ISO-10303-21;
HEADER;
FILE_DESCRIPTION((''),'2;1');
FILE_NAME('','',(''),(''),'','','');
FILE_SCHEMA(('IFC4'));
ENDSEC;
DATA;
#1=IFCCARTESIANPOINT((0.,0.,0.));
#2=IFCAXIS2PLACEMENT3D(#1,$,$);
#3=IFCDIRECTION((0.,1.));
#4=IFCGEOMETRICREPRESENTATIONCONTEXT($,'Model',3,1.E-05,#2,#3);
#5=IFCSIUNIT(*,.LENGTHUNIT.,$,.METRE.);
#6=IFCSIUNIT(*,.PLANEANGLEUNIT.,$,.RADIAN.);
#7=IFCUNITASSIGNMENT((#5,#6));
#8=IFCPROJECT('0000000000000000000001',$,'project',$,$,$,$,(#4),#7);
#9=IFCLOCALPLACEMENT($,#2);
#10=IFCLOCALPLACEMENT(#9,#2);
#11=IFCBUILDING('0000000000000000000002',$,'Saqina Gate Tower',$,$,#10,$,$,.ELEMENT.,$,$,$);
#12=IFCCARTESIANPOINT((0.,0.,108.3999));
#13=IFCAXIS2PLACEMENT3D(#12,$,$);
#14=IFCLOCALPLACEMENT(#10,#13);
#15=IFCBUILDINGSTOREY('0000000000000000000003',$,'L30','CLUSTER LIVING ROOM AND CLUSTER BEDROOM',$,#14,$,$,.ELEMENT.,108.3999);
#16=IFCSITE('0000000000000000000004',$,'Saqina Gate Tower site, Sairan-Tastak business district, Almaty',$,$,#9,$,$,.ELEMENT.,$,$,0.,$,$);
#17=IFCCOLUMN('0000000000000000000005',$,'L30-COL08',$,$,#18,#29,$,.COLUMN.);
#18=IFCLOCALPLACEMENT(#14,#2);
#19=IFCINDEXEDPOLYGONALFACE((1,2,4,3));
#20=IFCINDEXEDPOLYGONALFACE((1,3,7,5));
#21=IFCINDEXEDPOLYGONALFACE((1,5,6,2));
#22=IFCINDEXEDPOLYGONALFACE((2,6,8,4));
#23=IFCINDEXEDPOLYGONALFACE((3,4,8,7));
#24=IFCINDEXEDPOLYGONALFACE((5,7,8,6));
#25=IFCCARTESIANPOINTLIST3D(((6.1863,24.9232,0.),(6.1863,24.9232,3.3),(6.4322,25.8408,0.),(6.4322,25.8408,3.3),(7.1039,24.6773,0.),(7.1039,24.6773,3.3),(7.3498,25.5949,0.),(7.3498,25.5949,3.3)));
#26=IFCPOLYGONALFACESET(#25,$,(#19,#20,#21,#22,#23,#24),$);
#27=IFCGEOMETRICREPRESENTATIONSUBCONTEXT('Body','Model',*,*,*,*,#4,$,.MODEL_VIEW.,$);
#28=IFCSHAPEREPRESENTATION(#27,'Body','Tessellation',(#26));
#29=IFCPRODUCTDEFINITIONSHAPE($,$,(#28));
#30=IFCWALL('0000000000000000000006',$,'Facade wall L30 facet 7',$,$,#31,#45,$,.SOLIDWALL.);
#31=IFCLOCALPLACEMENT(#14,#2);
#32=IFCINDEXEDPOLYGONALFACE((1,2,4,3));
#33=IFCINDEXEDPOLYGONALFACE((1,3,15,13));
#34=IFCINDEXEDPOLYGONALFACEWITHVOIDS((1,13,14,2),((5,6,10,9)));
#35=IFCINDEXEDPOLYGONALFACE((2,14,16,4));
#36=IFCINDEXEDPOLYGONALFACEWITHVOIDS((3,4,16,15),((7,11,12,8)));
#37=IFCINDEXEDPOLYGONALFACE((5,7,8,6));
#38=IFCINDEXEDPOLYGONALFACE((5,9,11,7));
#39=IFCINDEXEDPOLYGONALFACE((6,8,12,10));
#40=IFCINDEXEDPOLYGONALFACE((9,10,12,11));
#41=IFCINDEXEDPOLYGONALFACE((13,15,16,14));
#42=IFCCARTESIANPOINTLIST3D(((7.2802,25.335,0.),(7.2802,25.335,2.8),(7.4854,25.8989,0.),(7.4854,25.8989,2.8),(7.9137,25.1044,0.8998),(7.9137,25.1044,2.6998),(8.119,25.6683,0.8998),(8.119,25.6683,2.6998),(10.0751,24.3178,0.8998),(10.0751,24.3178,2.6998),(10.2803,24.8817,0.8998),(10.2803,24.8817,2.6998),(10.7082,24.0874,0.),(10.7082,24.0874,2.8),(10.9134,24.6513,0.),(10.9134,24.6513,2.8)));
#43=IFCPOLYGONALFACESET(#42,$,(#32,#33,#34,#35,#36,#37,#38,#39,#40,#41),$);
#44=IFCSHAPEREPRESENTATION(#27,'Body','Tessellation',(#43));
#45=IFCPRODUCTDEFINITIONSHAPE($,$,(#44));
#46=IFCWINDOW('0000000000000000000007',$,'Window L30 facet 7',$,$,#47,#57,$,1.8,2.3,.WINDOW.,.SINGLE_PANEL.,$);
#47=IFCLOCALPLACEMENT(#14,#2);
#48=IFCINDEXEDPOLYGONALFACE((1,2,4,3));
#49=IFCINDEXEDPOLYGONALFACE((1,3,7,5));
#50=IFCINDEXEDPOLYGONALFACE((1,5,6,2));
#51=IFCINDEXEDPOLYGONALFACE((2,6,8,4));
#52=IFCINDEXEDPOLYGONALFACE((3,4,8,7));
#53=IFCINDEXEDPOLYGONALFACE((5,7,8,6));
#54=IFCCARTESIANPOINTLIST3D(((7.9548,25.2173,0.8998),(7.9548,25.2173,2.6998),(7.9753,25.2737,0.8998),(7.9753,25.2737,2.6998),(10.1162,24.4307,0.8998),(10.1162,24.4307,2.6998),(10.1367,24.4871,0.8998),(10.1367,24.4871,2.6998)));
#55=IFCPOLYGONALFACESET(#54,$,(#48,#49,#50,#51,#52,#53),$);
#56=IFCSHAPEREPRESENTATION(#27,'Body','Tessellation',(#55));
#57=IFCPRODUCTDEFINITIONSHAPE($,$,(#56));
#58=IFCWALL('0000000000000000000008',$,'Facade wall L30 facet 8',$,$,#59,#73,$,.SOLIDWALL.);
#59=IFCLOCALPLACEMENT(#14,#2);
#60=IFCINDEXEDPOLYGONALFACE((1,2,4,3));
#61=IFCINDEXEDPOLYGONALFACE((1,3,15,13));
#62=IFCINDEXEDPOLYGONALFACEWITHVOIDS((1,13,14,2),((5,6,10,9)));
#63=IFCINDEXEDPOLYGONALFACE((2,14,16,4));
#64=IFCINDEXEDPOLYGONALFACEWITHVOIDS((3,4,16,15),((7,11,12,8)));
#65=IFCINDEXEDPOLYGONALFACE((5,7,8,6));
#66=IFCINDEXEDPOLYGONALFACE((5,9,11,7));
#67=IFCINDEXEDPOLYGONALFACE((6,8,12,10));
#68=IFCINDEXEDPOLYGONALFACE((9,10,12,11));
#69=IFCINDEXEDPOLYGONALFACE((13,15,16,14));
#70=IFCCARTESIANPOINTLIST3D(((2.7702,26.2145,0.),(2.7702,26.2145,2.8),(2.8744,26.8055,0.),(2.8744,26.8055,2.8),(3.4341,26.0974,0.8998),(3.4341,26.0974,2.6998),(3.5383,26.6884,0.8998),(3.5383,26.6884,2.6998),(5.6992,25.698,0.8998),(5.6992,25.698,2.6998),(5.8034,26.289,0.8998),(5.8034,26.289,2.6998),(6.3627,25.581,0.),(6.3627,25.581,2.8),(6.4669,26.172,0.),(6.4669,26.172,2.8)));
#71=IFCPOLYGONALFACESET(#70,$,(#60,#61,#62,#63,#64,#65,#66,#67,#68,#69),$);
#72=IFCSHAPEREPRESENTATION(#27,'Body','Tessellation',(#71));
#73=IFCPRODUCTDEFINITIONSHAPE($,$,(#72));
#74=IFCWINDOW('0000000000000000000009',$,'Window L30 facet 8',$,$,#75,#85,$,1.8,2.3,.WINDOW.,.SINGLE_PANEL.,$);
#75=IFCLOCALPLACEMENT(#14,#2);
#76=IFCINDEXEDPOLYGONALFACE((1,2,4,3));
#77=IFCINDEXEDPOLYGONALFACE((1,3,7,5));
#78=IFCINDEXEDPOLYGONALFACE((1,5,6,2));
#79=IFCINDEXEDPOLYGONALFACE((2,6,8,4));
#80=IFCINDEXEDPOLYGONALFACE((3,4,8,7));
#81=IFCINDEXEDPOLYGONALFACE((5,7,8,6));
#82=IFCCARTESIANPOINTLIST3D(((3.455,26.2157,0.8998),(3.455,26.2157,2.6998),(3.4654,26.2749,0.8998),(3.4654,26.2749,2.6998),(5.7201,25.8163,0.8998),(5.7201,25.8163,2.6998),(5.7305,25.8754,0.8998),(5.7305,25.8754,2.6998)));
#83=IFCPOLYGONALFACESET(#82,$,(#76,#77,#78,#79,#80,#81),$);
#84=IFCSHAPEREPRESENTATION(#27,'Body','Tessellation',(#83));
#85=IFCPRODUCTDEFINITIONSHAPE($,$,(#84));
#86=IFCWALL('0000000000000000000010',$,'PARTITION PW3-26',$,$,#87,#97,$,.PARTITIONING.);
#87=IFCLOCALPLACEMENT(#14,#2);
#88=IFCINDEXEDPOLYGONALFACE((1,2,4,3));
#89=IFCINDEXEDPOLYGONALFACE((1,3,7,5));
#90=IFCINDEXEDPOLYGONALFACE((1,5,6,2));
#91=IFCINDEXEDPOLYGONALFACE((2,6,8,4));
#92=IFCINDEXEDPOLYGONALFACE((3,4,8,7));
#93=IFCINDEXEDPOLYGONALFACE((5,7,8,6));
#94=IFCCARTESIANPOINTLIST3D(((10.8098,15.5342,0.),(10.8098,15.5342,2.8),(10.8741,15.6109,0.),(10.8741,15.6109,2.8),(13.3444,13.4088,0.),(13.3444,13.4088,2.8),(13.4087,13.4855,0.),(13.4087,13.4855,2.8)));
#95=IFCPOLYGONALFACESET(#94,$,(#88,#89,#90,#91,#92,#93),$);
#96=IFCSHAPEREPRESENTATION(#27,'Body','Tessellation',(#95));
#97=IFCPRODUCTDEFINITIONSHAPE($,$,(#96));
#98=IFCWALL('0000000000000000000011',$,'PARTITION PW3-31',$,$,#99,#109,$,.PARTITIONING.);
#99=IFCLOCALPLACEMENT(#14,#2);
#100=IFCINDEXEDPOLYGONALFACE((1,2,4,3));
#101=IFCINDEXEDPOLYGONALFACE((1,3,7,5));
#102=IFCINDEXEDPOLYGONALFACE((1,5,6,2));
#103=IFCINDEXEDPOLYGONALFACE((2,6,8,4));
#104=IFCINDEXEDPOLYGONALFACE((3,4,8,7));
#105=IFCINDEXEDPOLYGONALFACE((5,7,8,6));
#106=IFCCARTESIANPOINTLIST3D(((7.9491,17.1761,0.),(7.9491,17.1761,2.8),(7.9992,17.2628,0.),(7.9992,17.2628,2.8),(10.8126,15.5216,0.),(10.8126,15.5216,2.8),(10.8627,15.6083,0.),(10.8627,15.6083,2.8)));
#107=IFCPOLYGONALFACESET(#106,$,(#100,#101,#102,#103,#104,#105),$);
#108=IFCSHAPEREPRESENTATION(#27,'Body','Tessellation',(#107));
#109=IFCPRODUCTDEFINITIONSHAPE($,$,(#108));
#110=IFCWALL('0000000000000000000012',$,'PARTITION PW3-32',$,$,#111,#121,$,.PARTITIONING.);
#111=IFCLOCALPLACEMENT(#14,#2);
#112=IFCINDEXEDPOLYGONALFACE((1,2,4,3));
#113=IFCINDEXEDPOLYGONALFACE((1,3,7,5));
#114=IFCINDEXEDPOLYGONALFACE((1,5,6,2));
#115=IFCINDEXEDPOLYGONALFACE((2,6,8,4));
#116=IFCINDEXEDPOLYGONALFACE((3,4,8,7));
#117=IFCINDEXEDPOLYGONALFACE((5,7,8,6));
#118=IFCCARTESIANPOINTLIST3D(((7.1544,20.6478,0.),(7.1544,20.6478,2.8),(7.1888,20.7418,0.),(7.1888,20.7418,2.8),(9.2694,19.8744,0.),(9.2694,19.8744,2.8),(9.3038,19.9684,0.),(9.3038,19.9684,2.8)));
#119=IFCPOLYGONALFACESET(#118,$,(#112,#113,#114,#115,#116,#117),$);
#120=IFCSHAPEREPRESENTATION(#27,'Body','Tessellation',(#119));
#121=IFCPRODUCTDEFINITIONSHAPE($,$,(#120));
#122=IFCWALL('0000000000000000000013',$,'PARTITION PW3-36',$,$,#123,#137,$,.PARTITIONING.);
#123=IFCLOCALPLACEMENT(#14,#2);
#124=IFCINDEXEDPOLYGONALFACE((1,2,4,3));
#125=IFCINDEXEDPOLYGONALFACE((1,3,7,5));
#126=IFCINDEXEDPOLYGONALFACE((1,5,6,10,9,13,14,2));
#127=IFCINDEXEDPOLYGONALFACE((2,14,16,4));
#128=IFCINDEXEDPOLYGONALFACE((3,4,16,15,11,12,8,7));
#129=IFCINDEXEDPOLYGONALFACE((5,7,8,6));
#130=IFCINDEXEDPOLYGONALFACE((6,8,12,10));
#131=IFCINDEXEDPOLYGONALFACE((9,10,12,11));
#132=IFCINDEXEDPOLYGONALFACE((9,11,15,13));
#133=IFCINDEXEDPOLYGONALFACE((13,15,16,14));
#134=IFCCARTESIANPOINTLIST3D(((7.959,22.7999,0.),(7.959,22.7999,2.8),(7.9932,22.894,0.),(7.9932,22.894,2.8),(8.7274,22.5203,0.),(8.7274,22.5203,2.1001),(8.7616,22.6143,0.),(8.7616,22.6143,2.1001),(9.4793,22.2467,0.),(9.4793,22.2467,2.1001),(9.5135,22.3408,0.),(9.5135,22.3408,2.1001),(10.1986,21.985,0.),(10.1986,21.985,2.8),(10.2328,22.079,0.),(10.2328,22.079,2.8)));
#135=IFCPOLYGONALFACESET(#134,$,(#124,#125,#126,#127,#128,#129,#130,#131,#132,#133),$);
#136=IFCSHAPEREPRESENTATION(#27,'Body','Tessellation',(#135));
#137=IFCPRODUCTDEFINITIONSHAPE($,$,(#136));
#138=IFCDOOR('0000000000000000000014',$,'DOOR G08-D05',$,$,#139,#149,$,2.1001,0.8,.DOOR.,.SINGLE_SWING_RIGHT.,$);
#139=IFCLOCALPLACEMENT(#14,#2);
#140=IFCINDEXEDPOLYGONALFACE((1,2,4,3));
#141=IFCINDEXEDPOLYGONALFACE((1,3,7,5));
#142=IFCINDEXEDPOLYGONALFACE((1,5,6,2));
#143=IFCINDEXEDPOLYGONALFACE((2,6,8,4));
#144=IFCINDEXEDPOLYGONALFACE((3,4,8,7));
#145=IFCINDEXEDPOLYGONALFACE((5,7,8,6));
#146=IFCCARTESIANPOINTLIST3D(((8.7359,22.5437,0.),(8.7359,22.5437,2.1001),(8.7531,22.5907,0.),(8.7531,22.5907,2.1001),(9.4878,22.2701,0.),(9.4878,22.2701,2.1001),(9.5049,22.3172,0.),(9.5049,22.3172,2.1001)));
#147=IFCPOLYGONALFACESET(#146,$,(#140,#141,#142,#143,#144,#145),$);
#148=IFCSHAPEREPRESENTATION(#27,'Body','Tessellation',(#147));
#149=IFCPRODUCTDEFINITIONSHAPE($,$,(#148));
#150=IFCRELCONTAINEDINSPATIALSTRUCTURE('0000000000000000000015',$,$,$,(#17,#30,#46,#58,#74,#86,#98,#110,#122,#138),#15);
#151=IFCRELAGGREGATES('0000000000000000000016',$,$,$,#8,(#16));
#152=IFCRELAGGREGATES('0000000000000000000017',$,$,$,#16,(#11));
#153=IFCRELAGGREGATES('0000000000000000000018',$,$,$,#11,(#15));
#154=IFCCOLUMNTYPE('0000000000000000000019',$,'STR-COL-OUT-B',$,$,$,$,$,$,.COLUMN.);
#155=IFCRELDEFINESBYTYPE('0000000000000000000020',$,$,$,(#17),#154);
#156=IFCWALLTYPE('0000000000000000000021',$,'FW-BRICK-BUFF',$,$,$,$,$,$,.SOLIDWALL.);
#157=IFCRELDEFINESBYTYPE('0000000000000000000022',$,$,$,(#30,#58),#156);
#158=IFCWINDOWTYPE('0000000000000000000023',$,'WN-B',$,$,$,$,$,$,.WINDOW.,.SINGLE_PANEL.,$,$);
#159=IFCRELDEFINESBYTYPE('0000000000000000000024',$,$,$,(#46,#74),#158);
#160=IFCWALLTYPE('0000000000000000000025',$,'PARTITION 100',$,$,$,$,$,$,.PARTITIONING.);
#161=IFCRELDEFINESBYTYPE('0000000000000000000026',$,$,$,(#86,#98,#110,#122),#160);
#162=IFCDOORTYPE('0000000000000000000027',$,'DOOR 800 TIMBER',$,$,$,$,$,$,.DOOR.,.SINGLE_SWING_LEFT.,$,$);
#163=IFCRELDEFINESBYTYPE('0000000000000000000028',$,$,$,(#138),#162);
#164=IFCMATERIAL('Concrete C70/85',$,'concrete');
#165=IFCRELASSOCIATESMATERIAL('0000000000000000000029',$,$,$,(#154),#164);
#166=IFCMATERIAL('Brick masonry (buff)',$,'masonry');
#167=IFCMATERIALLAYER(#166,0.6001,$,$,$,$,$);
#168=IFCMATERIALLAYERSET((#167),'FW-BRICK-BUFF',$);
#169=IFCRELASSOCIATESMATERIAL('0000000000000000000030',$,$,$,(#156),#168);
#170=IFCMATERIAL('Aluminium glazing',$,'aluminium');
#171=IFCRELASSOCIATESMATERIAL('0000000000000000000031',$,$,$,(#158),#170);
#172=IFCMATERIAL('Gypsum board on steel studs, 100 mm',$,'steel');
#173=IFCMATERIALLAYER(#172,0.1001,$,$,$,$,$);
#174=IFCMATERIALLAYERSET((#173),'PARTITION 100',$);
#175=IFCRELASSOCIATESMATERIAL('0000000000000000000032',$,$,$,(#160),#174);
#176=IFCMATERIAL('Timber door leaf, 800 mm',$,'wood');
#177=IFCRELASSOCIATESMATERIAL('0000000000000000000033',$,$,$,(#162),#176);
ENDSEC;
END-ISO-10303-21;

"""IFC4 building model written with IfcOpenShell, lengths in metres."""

from ifc_helpers import new_model, si_unit, direction, frame, frame_2d, origin, origin_2d, place, context, subcontext, project, spatial, rectangle, extrude, material, layer, layer_set, material_profile, profile_set, type_object, element, fill, save


model = new_model("IFC4")

# Units and contexts
model_context = context("Model", 3, precision=1e-05, world=origin(), true_north=direction((0.0, 1.0)))
body_context = subcontext(model_context, "Body", "Model", "MODEL_VIEW")
ifc_project = project(units=[si_unit("LENGTHUNIT", "METRE"), si_unit("PLANEANGLEUNIT", "RADIAN")], contexts=[model_context])

# Site, building, storey
site_placement = place(None, origin())
site = spatial("IfcSite", under=ifc_project, at=site_placement, Name="Saqina Gate Tower site, Sairan-Tastak business district, Almaty", CompositionType="ELEMENT", RefElevation=0.0)
building_placement = place(site_placement, origin())
building = spatial("IfcBuilding", under=site, at=building_placement, Name="Saqina Gate Tower", CompositionType="ELEMENT")
storey_placement = place(building_placement, frame((0.0, 0.0, 108.3999)))
storey = spatial("IfcBuildingStorey", under=building, at=storey_placement, Name="L30", Description="CLUSTER LIVING ROOM AND CLUSTER BEDROOM", CompositionType="ELEMENT", Elevation=108.3999)

# Column
ifc_material_1 = material(Name="Concrete C70/85", Category="concrete")
ifc_material_profile = material_profile(ifc_material_1, rectangle(XDim=0.95, YDim=0.95, at=origin_2d()), Name="RC 950x950")
ifc_profile_set = profile_set([ifc_material_profile], Name="Concrete C70/85")
column_type = type_object("IfcColumnType", Name="STR-COL-OUT-B", PredefinedType="COLUMN", material=ifc_profile_set)
column_placement = place(storey_placement, frame((6.7681, 25.259, 0.0), z_axis=(0.0, 0.0, 1.0), x_axis=(0.258819, 0.965926, 0.0)))
element("IfcColumn", 1, at=column_placement, inside=storey, type_object=column_type, Name="L30-COL08", PredefinedType="COLUMN", context=body_context, shape_type="SweptSolid", body=[
    extrude(rectangle(XDim=0.95, YDim=0.95, at=origin_2d()), origin(), (0.0, 0.0, 1.0), 3.3),
])

# Walls, openings, windows
ifc_material_2 = material(Name="Brick masonry (buff)", Category="masonry")
ifc_layer_1 = layer(ifc_material_2, 0.6001)
ifc_layer_set_1 = layer_set([ifc_layer_1], Name="FW-BRICK-BUFF")
wall_type_1 = type_object("IfcWallType", Name="FW-BRICK-BUFF", PredefinedType="SOLIDWALL", material=ifc_layer_set_1)
wall_1_placement = place(storey_placement, frame((10.8108, 24.3694, 0.0), z_axis=(0.0, 0.0, 1.0), x_axis=(-0.939704, 0.34199, 0.0)))
wall_1 = element("IfcWall", 2, at=wall_1_placement, inside=storey, type_object=wall_type_1, Name="Facade wall L30 facet 7", PredefinedType="SOLIDWALL", context=body_context, shape_type="SweptSolid", body=[
    extrude(rectangle(XDim=3.6479, YDim=0.6001, at=frame_2d((1.824, 0.0))), origin(), (0.0, 0.0, 1.0), 2.8),
])
opening_1_placement = place(wall_1_placement, frame((0.6738, 0.0, 0.8999)))
opening_1 = element("IfcOpeningElement", 3, at=opening_1_placement, cuts=wall_1, PredefinedType="OPENING", context=body_context, shape_type="SweptSolid", body=[
    extrude(rectangle(XDim=2.3, YDim=1.8, at=frame_2d((1.1499, 0.8999))), frame((0.0, 0.312, 0.0), z_axis=(0.0, -1.0, 0.0), x_axis=(1.0, 0.0, 0.0)), (0.0, 0.0, 1.0), 0.624),
])
ifc_material_3 = material(Name="Aluminium glazing", Category="aluminium")
window_type = type_object("IfcWindowType", Name="WN-B", PartitioningType="SINGLE_PANEL", PredefinedType="WINDOW", material=ifc_material_3)
window_1_placement = place(opening_1_placement, origin())
window_1 = element("IfcWindow", 4, at=window_1_placement, inside=storey, type_object=window_type, Name="Window L30 facet 7", OverallHeight=1.8, OverallWidth=2.3, PartitioningType="SINGLE_PANEL", PredefinedType="WINDOW", context=body_context, shape_type="SweptSolid", body=[
    extrude(rectangle(XDim=2.3, YDim=1.8, at=frame_2d((1.1499, 0.8999))), frame((0.0, 0.1799, 0.0), z_axis=(0.0, -1.0, 0.0), x_axis=(1.0, 0.0, 0.0)), (0.0, 0.0, 1.0), 0.0601),
])
fill(opening_1, window_1)
wall_2_placement = place(storey_placement, frame((6.4148, 25.8765, 0.0), z_axis=(0.0, 0.0, 1.0), x_axis=(-0.984804, 0.173671, 0.0)))
wall_2 = element("IfcWall", 5, at=wall_2_placement, inside=storey, type_object=wall_type_1, Name="Facade wall L30 facet 8", PredefinedType="SOLIDWALL", context=body_context, shape_type="SweptSolid", body=[
    extrude(rectangle(XDim=3.6479, YDim=0.6001, at=frame_2d((1.824, 0.0))), origin(), (0.0, 0.0, 1.0), 2.8),
])
opening_2_placement = place(wall_2_placement, frame((0.6738, 0.0, 0.8999)))
opening_2 = element("IfcOpeningElement", 6, at=opening_2_placement, cuts=wall_2, PredefinedType="OPENING", context=body_context, shape_type="SweptSolid", body=[
    extrude(rectangle(XDim=2.3, YDim=1.8, at=frame_2d((1.1499, 0.8999))), frame((0.0, 0.312, 0.0), z_axis=(0.0, -1.0, 0.0), x_axis=(1.0, 0.0, 0.0)), (0.0, 0.0, 1.0), 0.624),
])
window_2_placement = place(opening_2_placement, origin())
window_2 = element("IfcWindow", 7, at=window_2_placement, inside=storey, type_object=window_type, Name="Window L30 facet 8", OverallHeight=1.8, OverallWidth=2.3, PartitioningType="SINGLE_PANEL", PredefinedType="WINDOW", context=body_context, shape_type="SweptSolid", body=[
    extrude(rectangle(XDim=2.3, YDim=1.8, at=frame_2d((1.1499, 0.8999))), frame((0.0, 0.1799, 0.0), z_axis=(0.0, -1.0, 0.0), x_axis=(1.0, 0.0, 0.0)), (0.0, 0.0, 1.0), 0.0601),
])
fill(opening_2, window_2)

# Walls
ifc_material_4 = material(Name="Gypsum board on steel studs, 100 mm", Category="steel")
ifc_layer_2 = layer(ifc_material_4, 0.1001)
ifc_layer_set_2 = layer_set([ifc_layer_2], Name="PARTITION 100")
wall_type_2 = type_object("IfcWallType", Name="PARTITION 100", PredefinedType="PARTITIONING", material=ifc_layer_set_2)
wall_3_placement = place(storey_placement, frame((10.842, 15.5725, 0.0), z_axis=(0.0, 0.0, 1.0), x_axis=(0.766245, -0.642548, 0.0)))
element("IfcWall", 8, at=wall_3_placement, inside=storey, type_object=wall_type_2, Name="PARTITION PW3-26", PredefinedType="PARTITIONING", context=body_context, shape_type="SweptSolid", body=[
    extrude(rectangle(XDim=3.3079, YDim=0.1001, at=frame_2d((1.6538, 0.0))), origin(), (0.0, 0.0, 1.0), 2.8),
])
wall_4_placement = place(storey_placement, frame((7.9741, 17.2195, 0.0), z_axis=(0.0, 0.0, 1.0), x_axis=(0.865857, -0.500291, 0.0)))
element("IfcWall", 9, at=wall_4_placement, inside=storey, type_object=wall_type_2, Name="PARTITION PW3-31", PredefinedType="PARTITIONING", context=body_context, shape_type="SweptSolid", body=[
    extrude(rectangle(XDim=3.3071, YDim=0.1001, at=frame_2d((1.6536, 0.0))), origin(), (0.0, 0.0, 1.0), 2.8),
])
wall_5_placement = place(storey_placement, frame((7.1716, 20.6948, 0.0), z_axis=(0.0, 0.0, 1.0), x_axis=(0.939171, -0.343449, 0.0)))
element("IfcWall", 10, at=wall_5_placement, inside=storey, type_object=wall_type_2, Name="PARTITION PW3-32", PredefinedType="PARTITIONING", context=body_context, shape_type="SweptSolid", body=[
    extrude(rectangle(XDim=2.252, YDim=0.1001, at=frame_2d((1.126, 0.0))), origin(), (0.0, 0.0, 1.0), 2.8),
])

# Wall, opening, door
wall_6_placement = place(storey_placement, frame((7.9761, 22.8469, 0.0), z_axis=(0.0, 0.0, 1.0), x_axis=(0.939728, -0.341924, 0.0)))
wall_6 = element("IfcWall", 11, at=wall_6_placement, inside=storey, type_object=wall_type_2, Name="PARTITION PW3-36", PredefinedType="PARTITIONING", context=body_context, shape_type="SweptSolid", body=[
    extrude(rectangle(XDim=2.3833, YDim=0.1001, at=frame_2d((1.1917, 0.0))), origin(), (0.0, 0.0, 1.0), 2.8),
])
opening_3_placement = place(wall_6_placement, frame((0.8179, 0.0, 0.0)))
opening_3 = element("IfcOpeningElement", 12, at=opening_3_placement, cuts=wall_6, PredefinedType="OPENING", context=body_context, shape_type="SweptSolid", body=[
    extrude(rectangle(XDim=0.8, YDim=2.1001, at=frame_2d((0.3999, 1.05))), frame((0.0, 0.062, 0.0), z_axis=(0.0, -1.0, 0.0), x_axis=(1.0, 0.0, 0.0)), (0.0, 0.0, 1.0), 0.124),
])
ifc_material_5 = material(Name="Timber door leaf, 800 mm", Category="wood")
door_type_1 = type_object("IfcDoorType", Name="DOOR 800 TIMBER", OperationType="SINGLE_SWING_LEFT", PredefinedType="DOOR", material=ifc_material_5)
door_1_placement = place(opening_3_placement, origin())
door_1 = element("IfcDoor", 13, at=door_1_placement, inside=storey, type_object=door_type_1, Name="DOOR G08-D05", OperationType="SINGLE_SWING_RIGHT", OverallHeight=2.1001, OverallWidth=0.8, PredefinedType="DOOR", context=body_context, shape_type="SweptSolid", body=[
    extrude(rectangle(XDim=0.8, YDim=2.1001, at=frame_2d((0.3999, 1.05))), frame((0.0, 0.0249, 0.0), z_axis=(0.0, -1.0, 0.0), x_axis=(1.0, 0.0, 0.0)), (0.0, 0.0, 1.0), 0.05),
])
fill(opening_3, door_1)

save(model, "model.ifc")
